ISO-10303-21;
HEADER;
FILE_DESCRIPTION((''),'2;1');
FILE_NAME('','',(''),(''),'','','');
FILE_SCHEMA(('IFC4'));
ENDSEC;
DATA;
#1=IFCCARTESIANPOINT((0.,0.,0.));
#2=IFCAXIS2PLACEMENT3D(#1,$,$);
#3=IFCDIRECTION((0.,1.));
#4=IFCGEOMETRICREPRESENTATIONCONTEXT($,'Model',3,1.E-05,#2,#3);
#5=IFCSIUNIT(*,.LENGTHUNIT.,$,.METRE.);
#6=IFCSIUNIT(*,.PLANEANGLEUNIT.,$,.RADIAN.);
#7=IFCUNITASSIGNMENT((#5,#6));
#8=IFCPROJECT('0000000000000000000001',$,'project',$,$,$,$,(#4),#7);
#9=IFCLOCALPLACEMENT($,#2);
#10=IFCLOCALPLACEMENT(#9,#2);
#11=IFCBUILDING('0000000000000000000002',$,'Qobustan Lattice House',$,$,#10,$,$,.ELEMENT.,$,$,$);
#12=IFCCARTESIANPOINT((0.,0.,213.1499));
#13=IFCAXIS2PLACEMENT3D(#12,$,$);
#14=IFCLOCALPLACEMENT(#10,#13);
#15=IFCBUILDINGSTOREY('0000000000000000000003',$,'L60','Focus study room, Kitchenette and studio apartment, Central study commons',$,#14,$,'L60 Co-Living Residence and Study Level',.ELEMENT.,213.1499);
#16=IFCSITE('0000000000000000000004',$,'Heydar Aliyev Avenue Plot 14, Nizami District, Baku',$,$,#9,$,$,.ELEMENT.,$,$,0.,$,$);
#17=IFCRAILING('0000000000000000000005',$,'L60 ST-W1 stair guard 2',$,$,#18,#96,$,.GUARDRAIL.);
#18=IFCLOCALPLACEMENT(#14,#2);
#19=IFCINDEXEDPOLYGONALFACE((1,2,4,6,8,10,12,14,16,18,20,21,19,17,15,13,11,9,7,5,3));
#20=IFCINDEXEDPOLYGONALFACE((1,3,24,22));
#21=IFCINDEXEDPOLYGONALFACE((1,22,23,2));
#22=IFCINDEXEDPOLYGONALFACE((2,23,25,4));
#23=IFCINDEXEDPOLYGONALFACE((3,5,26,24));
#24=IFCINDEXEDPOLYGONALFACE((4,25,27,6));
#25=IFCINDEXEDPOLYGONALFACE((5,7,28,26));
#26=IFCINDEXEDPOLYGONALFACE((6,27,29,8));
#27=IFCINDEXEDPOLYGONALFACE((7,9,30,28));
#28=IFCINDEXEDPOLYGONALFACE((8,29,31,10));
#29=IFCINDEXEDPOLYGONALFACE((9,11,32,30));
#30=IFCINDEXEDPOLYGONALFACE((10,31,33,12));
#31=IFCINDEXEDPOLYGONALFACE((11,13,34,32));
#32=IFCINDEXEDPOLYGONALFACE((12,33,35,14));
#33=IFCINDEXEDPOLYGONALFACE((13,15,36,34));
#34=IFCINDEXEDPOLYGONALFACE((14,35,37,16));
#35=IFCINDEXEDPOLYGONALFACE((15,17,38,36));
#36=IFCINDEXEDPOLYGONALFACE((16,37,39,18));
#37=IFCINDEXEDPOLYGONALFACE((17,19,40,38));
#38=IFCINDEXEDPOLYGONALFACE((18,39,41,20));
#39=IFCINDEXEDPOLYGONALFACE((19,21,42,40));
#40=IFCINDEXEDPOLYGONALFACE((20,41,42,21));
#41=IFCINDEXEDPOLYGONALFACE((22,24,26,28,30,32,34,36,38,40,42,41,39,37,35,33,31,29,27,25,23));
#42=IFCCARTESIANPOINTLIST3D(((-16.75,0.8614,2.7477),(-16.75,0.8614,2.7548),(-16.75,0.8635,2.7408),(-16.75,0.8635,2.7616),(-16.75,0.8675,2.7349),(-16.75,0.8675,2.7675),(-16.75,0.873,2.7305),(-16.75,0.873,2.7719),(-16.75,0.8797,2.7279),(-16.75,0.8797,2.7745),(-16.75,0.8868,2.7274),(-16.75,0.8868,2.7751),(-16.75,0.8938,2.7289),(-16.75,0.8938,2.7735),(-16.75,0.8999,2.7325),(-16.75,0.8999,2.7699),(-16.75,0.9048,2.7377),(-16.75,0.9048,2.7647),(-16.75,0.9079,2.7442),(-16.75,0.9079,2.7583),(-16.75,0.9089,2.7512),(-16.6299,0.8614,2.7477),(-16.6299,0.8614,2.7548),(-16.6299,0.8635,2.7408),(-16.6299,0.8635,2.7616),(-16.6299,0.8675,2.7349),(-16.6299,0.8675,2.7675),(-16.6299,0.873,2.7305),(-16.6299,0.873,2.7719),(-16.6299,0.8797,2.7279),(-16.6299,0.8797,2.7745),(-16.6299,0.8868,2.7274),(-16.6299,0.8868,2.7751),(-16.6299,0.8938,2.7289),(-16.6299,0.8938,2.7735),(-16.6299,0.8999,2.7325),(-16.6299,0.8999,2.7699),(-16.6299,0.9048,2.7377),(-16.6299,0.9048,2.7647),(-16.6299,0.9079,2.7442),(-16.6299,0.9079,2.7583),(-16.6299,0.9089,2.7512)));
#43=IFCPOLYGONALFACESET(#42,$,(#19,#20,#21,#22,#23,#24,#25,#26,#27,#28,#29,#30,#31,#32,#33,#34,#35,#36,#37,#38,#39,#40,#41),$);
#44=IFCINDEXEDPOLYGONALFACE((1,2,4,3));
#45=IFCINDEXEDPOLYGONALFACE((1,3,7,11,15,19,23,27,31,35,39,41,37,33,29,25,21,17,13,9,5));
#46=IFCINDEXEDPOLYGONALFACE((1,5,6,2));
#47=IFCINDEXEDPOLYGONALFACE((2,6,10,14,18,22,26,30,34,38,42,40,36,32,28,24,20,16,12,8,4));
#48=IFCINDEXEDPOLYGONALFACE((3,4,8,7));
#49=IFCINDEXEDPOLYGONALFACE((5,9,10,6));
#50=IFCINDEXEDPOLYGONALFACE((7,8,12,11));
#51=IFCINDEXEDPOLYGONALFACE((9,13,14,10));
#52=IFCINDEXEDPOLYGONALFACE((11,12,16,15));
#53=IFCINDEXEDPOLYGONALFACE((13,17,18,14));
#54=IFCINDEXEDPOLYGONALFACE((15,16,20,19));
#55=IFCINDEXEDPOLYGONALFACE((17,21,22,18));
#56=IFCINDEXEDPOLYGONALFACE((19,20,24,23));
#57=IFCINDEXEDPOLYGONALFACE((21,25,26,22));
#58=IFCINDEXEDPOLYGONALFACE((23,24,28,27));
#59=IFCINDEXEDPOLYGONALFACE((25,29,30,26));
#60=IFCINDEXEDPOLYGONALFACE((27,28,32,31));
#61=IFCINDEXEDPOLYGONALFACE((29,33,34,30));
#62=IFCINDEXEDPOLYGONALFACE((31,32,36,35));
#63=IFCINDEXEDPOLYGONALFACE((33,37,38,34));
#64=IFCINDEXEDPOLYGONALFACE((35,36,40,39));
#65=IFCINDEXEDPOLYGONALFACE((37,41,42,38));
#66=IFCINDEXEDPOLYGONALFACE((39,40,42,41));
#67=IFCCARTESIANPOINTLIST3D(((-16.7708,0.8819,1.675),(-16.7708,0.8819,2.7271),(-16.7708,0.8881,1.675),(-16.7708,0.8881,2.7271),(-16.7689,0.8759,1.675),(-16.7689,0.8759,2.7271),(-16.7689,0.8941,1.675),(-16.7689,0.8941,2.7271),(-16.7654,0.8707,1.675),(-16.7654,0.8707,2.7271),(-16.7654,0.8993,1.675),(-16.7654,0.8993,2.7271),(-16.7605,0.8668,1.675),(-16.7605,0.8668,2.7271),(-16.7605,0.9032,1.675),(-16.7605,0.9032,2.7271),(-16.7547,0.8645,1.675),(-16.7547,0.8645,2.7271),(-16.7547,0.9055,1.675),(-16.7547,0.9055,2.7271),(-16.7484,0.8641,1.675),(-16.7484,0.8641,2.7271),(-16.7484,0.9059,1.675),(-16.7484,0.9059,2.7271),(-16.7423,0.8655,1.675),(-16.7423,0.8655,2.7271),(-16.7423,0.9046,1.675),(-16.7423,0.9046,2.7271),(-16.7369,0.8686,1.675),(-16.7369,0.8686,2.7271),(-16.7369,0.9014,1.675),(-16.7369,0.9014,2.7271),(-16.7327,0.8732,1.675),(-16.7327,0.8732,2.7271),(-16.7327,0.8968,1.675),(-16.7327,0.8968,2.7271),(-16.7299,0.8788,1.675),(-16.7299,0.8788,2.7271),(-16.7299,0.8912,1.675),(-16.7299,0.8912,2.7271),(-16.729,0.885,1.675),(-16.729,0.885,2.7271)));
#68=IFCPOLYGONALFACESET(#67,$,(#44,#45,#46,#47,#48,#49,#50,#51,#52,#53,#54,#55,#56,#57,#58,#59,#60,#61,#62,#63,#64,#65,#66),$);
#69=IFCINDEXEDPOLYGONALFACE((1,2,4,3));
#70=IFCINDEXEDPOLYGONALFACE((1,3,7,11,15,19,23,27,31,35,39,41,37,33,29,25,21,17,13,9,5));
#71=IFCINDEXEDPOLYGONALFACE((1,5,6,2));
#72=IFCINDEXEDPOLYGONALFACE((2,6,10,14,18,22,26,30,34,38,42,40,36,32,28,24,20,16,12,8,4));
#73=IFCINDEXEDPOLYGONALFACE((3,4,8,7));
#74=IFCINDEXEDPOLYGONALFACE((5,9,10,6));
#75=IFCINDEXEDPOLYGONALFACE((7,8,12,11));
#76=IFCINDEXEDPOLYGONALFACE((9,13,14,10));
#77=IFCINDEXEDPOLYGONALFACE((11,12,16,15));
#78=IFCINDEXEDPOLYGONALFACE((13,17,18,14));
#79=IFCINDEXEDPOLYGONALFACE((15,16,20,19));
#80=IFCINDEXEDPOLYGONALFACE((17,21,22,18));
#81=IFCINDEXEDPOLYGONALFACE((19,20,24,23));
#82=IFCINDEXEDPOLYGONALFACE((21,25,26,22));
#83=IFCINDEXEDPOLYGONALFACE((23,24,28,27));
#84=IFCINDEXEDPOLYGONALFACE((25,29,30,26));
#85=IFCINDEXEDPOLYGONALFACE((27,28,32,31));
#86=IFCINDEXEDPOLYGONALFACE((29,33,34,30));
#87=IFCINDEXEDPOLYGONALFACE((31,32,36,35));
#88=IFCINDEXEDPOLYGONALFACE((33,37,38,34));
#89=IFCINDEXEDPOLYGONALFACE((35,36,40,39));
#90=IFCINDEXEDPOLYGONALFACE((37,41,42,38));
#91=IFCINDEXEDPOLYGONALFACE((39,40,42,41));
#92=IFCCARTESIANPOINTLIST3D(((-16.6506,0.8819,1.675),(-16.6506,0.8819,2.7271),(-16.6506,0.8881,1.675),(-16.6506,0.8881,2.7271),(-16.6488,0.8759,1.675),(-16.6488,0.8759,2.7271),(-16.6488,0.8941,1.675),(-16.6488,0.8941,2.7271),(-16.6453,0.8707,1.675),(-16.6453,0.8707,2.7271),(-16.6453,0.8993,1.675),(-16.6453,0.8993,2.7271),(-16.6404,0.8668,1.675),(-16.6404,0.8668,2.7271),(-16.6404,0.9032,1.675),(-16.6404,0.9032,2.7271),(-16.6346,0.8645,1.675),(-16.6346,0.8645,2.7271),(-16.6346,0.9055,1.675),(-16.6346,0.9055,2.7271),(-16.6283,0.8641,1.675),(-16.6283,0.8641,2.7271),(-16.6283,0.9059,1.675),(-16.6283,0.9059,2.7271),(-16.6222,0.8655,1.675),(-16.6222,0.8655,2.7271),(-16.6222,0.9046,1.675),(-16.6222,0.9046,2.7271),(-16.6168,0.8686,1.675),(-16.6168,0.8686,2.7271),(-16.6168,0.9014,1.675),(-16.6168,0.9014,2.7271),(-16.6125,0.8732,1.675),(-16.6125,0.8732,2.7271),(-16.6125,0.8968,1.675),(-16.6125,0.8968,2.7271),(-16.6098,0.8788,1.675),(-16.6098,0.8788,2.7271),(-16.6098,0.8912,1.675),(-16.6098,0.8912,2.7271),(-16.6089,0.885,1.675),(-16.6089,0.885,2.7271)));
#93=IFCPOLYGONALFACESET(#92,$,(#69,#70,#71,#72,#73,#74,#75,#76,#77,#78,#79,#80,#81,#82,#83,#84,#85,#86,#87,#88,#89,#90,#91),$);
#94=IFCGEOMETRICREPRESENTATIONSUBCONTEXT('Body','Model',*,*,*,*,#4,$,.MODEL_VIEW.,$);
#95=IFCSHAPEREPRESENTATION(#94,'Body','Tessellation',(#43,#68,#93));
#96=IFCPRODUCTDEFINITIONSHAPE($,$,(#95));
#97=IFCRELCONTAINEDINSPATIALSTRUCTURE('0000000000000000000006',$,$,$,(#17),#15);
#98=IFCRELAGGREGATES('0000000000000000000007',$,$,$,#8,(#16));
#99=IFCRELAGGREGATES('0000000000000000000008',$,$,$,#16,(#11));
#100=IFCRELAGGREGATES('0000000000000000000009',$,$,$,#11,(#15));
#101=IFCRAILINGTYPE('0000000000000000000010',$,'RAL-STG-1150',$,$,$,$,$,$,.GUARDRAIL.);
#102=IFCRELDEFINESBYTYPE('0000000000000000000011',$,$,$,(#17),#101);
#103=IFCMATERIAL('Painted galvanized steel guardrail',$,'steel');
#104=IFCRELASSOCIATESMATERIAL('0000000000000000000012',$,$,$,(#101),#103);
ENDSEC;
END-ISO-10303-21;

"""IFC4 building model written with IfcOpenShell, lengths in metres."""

from ifc_helpers import new_model, si_unit, direction, frame, origin, origin_2d, place, context, subcontext, project, spatial, circle, extrude, material, type_object, element, save


model = new_model("IFC4")

# Units and contexts
model_context = context("Model", 3, precision=1e-05, world=origin(), true_north=direction((0.0, 1.0)))
body_context = subcontext(model_context, "Body", "Model", "MODEL_VIEW")
ifc_project = project(units=[si_unit("LENGTHUNIT", "METRE"), si_unit("PLANEANGLEUNIT", "RADIAN")], contexts=[model_context])

# Site, building, storey
site_placement = place(None, origin())
site = spatial("IfcSite", under=ifc_project, at=site_placement, Name="Heydar Aliyev Avenue Plot 14, Nizami District, Baku", CompositionType="ELEMENT", RefElevation=0.0)
building_placement = place(site_placement, origin())
building = spatial("IfcBuilding", under=site, at=building_placement, Name="Qobustan Lattice House", CompositionType="ELEMENT")
storey_placement = place(building_placement, frame((0.0, 0.0, 213.1499)))
storey = spatial("IfcBuildingStorey", under=building, at=storey_placement, Name="L60", Description="Focus study room, Kitchenette and studio apartment, Central study commons", LongName="L60 Co-Living Residence and Study Level", CompositionType="ELEMENT", Elevation=213.1499)

# Railing
ifc_material_1 = material(Name="Painted galvanized steel guardrail", Category="steel")
railing_type_1 = type_object("IfcRailingType", Name="RAL-STG-1150", PredefinedType="GUARDRAIL", material=ifc_material_1)
railing_1_placement = place(storey_placement, frame((-16.75, 0.885, 1.675)))
element("IfcRailing", 1, at=railing_1_placement, inside=storey, type_object=railing_type_1, Name="L60 ST-W1 stair guard 2", PredefinedType="GUARDRAIL", context=body_context, shape_type="SweptSolid", body=[
    extrude(circle(Radius=0.0239, at=origin_2d()), frame((0.0, 0.0, 1.0762), z_axis=(1.0, 0.0, 0.0), x_axis=(0.0, 1.0, 0.0)), (0.0, 0.0, 1.0), 0.1201),
    extrude(circle(Radius=0.021, at=origin_2d()), origin(), (0.0, 0.0, 1.0), 1.052),
    extrude(circle(Radius=0.021, at=origin_2d()), frame((0.1201, 0.0, 0.0)), (0.0, 0.0, 1.0), 1.052),
])

save(model, "model.ifc")
